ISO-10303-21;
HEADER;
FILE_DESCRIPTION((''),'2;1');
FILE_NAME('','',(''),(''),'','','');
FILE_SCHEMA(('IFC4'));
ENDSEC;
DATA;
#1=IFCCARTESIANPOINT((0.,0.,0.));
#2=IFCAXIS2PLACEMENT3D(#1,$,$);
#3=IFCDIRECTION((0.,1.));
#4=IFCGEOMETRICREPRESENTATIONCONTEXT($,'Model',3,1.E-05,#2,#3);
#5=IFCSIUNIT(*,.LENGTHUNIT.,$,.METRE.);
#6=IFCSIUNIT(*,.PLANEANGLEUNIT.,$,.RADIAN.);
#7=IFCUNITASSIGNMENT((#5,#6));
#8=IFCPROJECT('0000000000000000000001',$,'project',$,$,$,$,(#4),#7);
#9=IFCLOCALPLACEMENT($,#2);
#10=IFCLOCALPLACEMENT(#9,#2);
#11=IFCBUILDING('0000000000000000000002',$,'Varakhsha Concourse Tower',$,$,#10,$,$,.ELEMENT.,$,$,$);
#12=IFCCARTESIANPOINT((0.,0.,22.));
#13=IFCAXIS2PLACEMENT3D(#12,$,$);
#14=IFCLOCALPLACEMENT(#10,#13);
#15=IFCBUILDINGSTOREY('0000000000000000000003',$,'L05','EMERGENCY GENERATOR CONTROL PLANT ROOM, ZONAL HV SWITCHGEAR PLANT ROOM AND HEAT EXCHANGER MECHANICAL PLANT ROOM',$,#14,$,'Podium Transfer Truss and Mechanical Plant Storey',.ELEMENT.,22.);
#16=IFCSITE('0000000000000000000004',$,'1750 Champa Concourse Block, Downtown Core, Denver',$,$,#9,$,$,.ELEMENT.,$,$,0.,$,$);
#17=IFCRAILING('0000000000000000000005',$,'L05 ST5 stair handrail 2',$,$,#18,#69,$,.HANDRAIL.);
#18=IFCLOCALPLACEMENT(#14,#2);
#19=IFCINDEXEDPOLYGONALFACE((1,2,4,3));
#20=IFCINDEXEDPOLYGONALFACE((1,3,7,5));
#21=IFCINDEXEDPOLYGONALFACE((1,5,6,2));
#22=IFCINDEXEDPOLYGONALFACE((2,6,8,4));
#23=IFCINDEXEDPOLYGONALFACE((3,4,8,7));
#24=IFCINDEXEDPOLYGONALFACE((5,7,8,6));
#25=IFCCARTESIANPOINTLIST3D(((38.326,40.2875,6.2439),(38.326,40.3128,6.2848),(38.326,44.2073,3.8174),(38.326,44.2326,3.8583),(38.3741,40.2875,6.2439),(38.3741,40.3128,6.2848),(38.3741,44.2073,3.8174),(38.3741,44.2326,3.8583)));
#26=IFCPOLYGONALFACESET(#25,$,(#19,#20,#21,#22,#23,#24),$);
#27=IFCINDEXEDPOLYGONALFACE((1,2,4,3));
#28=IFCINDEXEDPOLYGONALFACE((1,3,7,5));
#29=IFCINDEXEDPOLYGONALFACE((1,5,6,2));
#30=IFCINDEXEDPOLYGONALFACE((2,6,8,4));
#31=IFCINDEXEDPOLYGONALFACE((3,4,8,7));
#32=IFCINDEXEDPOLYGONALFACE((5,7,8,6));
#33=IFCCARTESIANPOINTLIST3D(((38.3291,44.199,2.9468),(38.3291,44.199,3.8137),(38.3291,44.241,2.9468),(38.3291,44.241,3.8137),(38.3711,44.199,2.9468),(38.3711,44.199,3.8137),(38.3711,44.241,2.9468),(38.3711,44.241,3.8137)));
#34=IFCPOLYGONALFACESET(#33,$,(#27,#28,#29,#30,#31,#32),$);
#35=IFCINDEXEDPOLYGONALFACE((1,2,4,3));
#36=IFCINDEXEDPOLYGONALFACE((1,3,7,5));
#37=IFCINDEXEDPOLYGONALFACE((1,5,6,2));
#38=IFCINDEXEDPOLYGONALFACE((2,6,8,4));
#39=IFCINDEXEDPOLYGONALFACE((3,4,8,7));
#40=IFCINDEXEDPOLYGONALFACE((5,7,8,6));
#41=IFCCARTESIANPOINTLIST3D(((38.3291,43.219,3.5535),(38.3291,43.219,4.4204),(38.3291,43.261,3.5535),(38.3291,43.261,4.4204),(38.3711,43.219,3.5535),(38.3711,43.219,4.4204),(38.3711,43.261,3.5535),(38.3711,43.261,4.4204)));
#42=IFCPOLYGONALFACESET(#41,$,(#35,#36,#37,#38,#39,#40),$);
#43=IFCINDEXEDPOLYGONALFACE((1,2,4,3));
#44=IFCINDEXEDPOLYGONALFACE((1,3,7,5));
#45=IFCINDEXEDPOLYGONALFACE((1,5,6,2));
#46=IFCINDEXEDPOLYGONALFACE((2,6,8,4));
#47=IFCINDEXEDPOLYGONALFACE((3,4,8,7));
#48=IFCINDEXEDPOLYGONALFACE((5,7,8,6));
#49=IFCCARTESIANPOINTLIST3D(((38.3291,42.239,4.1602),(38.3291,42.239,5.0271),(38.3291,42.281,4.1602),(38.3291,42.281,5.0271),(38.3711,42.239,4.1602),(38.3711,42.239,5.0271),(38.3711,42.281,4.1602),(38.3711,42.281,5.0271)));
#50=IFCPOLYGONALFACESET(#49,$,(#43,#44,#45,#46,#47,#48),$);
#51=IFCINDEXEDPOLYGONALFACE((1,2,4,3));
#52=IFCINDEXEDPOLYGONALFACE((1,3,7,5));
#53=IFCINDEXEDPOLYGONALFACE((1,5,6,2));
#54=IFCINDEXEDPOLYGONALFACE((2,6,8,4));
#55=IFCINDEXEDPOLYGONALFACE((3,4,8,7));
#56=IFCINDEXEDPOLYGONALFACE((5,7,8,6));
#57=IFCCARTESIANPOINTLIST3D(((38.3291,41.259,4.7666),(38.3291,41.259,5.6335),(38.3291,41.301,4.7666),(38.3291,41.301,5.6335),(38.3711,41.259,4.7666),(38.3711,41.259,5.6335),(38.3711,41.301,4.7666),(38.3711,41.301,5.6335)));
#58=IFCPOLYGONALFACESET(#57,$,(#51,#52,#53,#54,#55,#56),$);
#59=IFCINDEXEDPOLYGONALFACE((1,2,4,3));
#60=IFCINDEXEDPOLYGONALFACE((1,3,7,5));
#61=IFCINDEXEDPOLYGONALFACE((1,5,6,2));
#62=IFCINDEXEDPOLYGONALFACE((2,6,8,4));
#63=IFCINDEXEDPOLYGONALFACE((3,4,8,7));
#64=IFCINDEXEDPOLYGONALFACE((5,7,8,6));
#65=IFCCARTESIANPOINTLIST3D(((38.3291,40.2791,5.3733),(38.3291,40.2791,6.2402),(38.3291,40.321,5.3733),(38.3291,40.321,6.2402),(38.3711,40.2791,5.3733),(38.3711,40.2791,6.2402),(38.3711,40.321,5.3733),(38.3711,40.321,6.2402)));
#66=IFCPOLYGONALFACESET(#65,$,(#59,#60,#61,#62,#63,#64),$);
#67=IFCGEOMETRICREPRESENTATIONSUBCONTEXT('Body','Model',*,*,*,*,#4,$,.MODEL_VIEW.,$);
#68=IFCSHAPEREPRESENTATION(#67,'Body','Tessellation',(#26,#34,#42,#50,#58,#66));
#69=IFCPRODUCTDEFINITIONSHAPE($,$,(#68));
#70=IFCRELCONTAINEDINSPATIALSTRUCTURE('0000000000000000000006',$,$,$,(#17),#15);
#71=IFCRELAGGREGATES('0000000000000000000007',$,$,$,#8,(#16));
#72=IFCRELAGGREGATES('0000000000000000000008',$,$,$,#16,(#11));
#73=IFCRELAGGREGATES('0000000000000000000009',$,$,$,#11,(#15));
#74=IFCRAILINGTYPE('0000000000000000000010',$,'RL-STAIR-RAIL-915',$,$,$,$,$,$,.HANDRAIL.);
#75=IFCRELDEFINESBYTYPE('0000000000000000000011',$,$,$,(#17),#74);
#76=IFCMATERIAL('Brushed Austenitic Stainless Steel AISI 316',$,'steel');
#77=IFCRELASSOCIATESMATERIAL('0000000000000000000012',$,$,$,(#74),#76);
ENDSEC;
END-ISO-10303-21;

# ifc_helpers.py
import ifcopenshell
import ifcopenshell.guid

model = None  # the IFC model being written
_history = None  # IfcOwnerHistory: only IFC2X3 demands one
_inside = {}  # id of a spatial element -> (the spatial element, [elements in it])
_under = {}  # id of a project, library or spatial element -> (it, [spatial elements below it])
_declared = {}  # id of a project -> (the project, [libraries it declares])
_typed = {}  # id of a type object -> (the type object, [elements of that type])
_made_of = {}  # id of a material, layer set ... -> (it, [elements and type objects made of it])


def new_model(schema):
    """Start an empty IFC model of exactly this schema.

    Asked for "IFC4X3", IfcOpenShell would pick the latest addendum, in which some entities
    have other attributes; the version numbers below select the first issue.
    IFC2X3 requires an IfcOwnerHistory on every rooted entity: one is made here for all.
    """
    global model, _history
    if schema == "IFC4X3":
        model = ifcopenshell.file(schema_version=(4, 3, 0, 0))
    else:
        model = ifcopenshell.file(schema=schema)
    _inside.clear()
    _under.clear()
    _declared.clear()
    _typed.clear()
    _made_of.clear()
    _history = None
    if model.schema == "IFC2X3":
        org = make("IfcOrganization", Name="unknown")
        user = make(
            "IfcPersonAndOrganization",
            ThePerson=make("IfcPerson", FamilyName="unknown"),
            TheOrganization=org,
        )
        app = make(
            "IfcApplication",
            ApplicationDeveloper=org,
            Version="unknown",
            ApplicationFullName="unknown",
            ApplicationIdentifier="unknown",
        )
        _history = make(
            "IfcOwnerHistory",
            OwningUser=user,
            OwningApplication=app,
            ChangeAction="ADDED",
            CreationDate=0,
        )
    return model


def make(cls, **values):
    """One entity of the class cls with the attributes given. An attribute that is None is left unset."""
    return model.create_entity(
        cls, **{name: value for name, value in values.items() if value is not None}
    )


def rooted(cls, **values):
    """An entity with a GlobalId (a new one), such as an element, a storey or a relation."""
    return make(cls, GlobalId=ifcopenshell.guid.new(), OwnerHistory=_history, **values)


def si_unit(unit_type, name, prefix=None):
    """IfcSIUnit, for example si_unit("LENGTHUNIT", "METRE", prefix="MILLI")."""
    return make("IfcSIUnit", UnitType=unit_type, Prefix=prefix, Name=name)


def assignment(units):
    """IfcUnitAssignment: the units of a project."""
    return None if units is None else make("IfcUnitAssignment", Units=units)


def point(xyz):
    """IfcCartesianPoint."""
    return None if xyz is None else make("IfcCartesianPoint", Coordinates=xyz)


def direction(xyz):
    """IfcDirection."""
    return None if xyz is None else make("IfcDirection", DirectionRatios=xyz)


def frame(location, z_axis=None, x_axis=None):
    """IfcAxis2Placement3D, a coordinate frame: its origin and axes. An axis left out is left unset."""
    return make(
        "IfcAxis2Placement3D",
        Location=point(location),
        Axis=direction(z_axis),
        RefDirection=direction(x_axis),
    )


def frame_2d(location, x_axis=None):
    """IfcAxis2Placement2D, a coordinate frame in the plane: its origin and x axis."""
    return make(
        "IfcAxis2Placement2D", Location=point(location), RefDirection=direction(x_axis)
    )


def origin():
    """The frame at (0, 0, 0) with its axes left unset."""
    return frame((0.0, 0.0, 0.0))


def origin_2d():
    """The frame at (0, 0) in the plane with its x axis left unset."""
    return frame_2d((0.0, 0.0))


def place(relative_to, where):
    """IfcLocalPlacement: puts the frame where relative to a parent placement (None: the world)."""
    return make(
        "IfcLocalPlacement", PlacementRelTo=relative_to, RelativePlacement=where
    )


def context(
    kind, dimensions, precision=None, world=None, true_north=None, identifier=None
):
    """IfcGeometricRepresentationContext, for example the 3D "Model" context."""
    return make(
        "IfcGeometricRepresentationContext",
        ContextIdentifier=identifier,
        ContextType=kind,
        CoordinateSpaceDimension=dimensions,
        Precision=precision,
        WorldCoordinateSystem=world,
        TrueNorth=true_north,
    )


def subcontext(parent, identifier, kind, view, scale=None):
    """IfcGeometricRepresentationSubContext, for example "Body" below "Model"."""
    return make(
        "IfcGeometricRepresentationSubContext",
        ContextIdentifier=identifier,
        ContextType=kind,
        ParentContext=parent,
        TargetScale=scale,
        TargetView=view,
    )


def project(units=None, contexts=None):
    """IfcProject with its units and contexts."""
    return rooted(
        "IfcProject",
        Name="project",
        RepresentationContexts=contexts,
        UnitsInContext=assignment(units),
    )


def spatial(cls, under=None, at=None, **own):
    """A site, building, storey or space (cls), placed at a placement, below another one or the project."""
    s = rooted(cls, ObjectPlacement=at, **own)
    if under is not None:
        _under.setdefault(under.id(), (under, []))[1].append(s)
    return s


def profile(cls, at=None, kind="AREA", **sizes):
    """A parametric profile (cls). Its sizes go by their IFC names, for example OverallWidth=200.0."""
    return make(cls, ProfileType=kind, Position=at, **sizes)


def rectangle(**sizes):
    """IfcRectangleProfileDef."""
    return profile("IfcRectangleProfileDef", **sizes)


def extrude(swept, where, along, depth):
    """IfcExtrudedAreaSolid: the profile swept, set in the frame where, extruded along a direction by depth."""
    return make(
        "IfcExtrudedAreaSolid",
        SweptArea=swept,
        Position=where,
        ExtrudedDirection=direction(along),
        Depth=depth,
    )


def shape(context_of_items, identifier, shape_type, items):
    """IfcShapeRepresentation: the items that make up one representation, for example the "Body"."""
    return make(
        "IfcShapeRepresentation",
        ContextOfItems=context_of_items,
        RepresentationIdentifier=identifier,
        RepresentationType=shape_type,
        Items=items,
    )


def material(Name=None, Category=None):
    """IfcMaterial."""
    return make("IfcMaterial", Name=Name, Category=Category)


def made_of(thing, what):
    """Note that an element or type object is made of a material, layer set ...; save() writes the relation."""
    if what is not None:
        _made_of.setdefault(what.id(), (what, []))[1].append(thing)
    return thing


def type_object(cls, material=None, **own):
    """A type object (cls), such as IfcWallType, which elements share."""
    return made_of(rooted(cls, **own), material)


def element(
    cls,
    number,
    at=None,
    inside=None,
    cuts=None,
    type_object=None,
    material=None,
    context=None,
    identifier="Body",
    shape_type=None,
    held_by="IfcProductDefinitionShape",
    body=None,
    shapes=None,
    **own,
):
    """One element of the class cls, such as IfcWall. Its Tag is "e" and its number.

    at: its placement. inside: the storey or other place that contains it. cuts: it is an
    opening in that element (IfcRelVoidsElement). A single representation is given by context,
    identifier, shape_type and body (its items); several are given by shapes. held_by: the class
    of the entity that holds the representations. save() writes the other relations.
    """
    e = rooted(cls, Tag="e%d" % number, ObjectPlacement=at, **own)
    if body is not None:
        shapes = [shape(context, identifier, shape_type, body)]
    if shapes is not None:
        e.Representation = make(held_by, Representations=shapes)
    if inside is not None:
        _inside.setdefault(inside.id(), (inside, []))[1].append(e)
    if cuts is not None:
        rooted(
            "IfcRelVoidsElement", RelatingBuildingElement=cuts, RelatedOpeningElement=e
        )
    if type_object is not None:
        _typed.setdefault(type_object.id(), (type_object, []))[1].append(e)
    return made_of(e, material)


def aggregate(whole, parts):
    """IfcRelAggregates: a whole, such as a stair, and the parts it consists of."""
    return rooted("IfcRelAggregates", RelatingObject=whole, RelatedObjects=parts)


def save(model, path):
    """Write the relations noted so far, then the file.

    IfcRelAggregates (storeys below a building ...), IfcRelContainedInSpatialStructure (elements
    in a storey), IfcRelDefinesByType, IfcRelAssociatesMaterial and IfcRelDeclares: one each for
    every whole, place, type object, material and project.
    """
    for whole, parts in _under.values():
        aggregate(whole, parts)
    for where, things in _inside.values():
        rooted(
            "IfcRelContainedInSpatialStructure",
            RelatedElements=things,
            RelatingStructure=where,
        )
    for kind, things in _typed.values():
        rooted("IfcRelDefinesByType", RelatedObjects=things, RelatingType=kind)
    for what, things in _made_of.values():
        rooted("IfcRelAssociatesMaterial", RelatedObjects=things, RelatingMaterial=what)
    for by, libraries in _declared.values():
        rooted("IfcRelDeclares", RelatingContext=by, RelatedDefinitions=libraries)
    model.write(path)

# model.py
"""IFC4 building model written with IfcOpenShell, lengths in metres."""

from ifc_helpers import new_model, si_unit, direction, frame, origin, origin_2d, place, context, subcontext, project, spatial, rectangle, extrude, material, type_object, element, save


model = new_model("IFC4")

# Units and contexts
model_context = context("Model", 3, precision=1e-05, world=origin(), true_north=direction((0.0, 1.0)))
body_context = subcontext(model_context, "Body", "Model", "MODEL_VIEW")
ifc_project = project(units=[si_unit("LENGTHUNIT", "METRE"), si_unit("PLANEANGLEUNIT", "RADIAN")], contexts=[model_context])

# Site, building, storey
site_placement = place(None, origin())
site = spatial("IfcSite", under=ifc_project, at=site_placement, Name="1750 Champa Concourse Block, Downtown Core, Denver", CompositionType="ELEMENT", RefElevation=0.0)
building_placement = place(site_placement, origin())
building = spatial("IfcBuilding", under=site, at=building_placement, Name="Varakhsha Concourse Tower", CompositionType="ELEMENT")
storey_placement = place(building_placement, frame((0.0, 0.0, 22.0)))
storey = spatial("IfcBuildingStorey", under=building, at=storey_placement, Name="L05", Description="EMERGENCY GENERATOR CONTROL PLANT ROOM, ZONAL HV SWITCHGEAR PLANT ROOM AND HEAT EXCHANGER MECHANICAL PLANT ROOM", LongName="Podium Transfer Truss and Mechanical Plant Storey", CompositionType="ELEMENT", Elevation=22.0)

# Railing
ifc_material_1 = material(Name="Brushed Austenitic Stainless Steel AISI 316", Category="steel")
railing_type = type_object("IfcRailingType", Name="RL-STAIR-RAIL-915", PredefinedType="HANDRAIL", material=ifc_material_1)
railing_placement = place(storey_placement, frame((38.3501, 44.22, 2.9468)))
element("IfcRailing", 1, at=railing_placement, inside=storey, type_object=railing_type, Name="L05 ST5 stair handrail 2", PredefinedType="HANDRAIL", context=body_context, shape_type="SweptSolid", body=[
    extrude(rectangle(XDim=0.0481, YDim=0.0481, at=origin_2d()), frame((0.0, 0.0, 0.8911), z_axis=(0.0, -0.850275, 0.526338), x_axis=(1.0, 0.0, 0.0)), (0.0, 0.0, 1.0), 4.6101),
    extrude(rectangle(XDim=0.042, YDim=0.042, at=origin_2d()), origin(), (0.0, 0.0, 1.0), 0.8669),
    extrude(rectangle(XDim=0.042, YDim=0.042, at=origin_2d()), frame((0.0, -0.98, 0.6067)), (0.0, 0.0, 1.0), 0.8669),
    extrude(rectangle(XDim=0.042, YDim=0.042, at=origin_2d()), frame((0.0, -1.96, 1.2134)), (0.0, 0.0, 1.0), 0.8669),
    extrude(rectangle(XDim=0.042, YDim=0.042, at=origin_2d()), frame((0.0, -2.9399, 1.8198)), (0.0, 0.0, 1.0), 0.8669),
    extrude(rectangle(XDim=0.042, YDim=0.042, at=origin_2d()), frame((0.0, -3.9199, 2.4265)), (0.0, 0.0, 1.0), 0.8669),
])

save(model, "model.ifc")
